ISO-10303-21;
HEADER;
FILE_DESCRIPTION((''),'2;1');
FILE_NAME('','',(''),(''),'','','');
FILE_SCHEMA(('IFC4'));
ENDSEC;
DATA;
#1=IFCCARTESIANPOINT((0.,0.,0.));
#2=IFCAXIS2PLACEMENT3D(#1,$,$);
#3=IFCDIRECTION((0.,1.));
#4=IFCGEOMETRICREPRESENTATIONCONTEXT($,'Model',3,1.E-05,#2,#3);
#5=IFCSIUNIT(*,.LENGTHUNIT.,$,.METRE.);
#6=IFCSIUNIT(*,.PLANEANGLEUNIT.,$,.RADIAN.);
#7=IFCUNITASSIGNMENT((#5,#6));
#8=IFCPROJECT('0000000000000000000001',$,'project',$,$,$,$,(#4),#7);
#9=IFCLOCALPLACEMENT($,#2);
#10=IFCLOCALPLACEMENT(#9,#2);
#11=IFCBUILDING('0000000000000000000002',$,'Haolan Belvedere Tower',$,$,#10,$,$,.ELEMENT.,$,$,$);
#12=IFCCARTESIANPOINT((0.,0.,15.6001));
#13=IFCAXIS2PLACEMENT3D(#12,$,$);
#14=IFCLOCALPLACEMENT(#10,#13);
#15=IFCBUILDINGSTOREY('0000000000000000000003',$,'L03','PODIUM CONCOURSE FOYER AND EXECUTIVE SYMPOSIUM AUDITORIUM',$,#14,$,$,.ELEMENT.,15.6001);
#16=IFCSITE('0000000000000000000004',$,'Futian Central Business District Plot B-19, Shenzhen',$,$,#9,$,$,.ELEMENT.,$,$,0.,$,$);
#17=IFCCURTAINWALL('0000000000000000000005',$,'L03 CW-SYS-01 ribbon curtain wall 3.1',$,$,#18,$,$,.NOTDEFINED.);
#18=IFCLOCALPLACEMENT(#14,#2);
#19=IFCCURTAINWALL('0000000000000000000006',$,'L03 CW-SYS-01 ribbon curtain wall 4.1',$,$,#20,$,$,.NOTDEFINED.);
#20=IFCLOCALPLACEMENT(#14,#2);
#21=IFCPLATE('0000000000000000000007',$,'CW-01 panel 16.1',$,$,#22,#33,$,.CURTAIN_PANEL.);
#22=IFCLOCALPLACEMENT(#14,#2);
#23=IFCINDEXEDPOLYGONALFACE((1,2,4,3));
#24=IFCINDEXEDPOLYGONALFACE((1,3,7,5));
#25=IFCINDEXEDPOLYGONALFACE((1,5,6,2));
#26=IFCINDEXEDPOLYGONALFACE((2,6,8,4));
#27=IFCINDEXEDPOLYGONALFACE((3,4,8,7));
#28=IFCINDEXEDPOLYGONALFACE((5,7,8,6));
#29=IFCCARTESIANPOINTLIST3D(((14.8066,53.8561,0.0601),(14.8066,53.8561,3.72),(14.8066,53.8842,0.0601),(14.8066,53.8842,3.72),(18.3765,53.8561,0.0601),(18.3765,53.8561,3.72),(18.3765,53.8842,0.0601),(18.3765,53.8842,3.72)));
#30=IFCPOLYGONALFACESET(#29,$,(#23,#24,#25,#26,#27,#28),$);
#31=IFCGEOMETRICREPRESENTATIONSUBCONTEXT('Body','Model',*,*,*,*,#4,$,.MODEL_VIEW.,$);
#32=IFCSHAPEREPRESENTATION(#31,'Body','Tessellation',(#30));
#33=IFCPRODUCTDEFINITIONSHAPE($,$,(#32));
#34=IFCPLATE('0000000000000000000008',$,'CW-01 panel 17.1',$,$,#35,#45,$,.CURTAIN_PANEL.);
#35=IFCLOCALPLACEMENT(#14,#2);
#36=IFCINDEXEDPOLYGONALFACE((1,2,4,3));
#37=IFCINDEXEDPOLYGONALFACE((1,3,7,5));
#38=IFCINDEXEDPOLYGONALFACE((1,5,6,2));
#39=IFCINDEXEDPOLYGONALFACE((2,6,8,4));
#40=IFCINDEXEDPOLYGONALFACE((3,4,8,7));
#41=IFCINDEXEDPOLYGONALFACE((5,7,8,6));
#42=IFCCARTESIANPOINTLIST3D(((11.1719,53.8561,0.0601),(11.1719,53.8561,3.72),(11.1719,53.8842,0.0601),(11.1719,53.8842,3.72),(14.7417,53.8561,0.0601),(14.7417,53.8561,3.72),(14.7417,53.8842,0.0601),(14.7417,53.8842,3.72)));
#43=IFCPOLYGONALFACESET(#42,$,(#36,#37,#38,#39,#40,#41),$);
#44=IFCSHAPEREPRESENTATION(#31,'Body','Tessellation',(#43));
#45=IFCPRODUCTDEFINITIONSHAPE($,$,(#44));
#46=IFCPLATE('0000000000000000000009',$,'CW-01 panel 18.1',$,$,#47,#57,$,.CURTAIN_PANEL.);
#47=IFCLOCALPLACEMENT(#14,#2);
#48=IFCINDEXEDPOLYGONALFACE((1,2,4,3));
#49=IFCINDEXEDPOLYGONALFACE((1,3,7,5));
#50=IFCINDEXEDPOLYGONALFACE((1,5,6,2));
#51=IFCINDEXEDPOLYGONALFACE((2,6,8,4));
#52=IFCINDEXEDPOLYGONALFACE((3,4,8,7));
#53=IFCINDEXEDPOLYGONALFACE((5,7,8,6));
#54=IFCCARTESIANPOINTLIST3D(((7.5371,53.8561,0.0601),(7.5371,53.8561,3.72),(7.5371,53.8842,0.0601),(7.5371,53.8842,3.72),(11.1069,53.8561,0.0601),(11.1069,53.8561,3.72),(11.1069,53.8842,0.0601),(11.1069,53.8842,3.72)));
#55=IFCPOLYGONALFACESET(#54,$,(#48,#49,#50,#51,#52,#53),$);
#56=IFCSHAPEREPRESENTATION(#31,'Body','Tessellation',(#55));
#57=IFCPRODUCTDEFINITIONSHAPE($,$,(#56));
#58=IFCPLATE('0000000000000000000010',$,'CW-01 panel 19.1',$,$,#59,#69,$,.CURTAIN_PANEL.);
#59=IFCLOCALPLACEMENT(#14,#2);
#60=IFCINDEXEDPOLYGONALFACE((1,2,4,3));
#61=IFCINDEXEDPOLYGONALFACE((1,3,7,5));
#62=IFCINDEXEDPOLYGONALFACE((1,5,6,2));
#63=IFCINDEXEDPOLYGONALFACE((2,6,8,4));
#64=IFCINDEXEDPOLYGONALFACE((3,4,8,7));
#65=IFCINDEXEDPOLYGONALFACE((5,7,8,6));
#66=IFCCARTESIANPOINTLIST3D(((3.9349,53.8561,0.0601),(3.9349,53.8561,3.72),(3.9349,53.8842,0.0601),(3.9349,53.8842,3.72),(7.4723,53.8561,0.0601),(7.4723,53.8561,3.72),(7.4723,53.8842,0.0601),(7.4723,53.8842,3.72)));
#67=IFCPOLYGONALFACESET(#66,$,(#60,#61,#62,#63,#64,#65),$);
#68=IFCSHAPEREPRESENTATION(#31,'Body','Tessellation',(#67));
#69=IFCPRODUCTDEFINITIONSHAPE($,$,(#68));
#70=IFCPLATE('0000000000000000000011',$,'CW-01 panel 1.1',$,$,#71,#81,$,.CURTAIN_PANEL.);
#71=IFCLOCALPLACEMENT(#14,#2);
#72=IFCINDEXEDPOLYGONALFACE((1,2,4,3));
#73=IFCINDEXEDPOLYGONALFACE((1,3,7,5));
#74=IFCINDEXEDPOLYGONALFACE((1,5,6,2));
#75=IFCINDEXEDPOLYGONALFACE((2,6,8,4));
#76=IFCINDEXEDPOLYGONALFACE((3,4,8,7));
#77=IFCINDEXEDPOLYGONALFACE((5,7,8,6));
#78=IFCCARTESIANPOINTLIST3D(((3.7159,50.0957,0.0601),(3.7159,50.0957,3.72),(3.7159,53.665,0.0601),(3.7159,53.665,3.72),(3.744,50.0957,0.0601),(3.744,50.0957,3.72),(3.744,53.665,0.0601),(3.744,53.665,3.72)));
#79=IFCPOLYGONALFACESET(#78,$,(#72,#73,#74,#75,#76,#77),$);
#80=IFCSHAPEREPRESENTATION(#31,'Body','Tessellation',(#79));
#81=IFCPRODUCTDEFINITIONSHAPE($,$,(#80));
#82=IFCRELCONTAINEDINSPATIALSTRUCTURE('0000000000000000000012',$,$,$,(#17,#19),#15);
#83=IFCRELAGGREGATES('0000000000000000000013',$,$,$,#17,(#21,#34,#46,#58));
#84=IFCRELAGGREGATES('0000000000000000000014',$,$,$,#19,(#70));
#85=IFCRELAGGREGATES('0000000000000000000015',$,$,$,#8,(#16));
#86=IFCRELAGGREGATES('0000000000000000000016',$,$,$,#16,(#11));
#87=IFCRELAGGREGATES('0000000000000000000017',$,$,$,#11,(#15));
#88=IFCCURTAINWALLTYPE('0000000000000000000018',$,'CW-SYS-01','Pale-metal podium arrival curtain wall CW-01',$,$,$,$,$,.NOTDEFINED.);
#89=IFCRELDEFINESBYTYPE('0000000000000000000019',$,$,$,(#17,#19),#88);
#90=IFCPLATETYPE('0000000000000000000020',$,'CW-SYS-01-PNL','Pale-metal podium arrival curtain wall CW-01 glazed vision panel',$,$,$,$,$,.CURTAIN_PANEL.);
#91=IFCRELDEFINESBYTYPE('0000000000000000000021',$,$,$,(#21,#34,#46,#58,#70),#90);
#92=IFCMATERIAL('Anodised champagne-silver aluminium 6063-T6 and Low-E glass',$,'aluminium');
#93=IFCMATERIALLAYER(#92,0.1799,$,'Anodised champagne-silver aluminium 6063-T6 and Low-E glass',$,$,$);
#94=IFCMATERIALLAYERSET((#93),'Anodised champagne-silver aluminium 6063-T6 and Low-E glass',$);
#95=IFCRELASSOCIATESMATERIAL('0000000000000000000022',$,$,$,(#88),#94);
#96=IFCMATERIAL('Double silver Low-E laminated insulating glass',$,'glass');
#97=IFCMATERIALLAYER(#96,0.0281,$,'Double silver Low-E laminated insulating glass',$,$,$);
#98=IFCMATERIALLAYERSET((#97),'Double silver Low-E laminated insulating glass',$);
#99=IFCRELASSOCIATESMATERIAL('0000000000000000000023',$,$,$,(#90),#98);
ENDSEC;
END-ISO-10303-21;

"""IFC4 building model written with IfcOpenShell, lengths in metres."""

from ifc_helpers import new_model, si_unit, direction, frame, origin, origin_2d, place, context, subcontext, project, spatial, rectangle, extrude, material, layer, layer_set, type_object, element, aggregate, save


model = new_model("IFC4")

# Units and contexts
model_context = context("Model", 3, precision=1e-05, world=origin(), true_north=direction((0.0, 1.0)))
body_context = subcontext(model_context, "Body", "Model", "MODEL_VIEW")
ifc_project = project(units=[si_unit("LENGTHUNIT", "METRE"), si_unit("PLANEANGLEUNIT", "RADIAN")], contexts=[model_context])

# Site, building, storey
site_placement = place(None, origin())
site = spatial("IfcSite", under=ifc_project, at=site_placement, Name="Futian Central Business District Plot B-19, Shenzhen", CompositionType="ELEMENT", RefElevation=0.0)
building_placement = place(site_placement, origin())
building = spatial("IfcBuilding", under=site, at=building_placement, Name="Haolan Belvedere Tower", CompositionType="ELEMENT")
storey_placement = place(building_placement, frame((0.0, 0.0, 15.6001)))
storey = spatial("IfcBuildingStorey", under=building, at=storey_placement, Name="L03", Description="PODIUM CONCOURSE FOYER AND EXECUTIVE SYMPOSIUM AUDITORIUM", CompositionType="ELEMENT", Elevation=15.6001)

# Curtain wall
ifc_material_1 = material(Name="Anodised champagne-silver aluminium 6063-T6 and Low-E glass", Category="aluminium")
ifc_layer_1 = layer(ifc_material_1, 0.1799, Name="Anodised champagne-silver aluminium 6063-T6 and Low-E glass")
ifc_layer_set_1 = layer_set([ifc_layer_1], Name="Anodised champagne-silver aluminium 6063-T6 and Low-E glass")
curtain_wall_type = type_object("IfcCurtainWallType", Name="CW-SYS-01", Description="Pale-metal podium arrival curtain wall CW-01", PredefinedType="NOTDEFINED", material=ifc_layer_set_1)
curtain_wall_1_placement = place(storey_placement, origin())
curtain_wall_1 = element("IfcCurtainWall", 1, at=curtain_wall_1_placement, inside=storey, type_object=curtain_wall_type, Name="L03 CW-SYS-01 ribbon curtain wall 3.1", PredefinedType="NOTDEFINED")

# Curtain wall
curtain_wall_2_placement = place(storey_placement, origin())
curtain_wall_2 = element("IfcCurtainWall", 2, at=curtain_wall_2_placement, inside=storey, type_object=curtain_wall_type, Name="L03 CW-SYS-01 ribbon curtain wall 4.1", PredefinedType="NOTDEFINED")

# Plates
ifc_material_2 = material(Name="Double silver Low-E laminated insulating glass", Category="glass")
ifc_layer_2 = layer(ifc_material_2, 0.0281, Name="Double silver Low-E laminated insulating glass")
ifc_layer_set_2 = layer_set([ifc_layer_2], Name="Double silver Low-E laminated insulating glass")
plate_type = type_object("IfcPlateType", Name="CW-SYS-01-PNL", Description="Pale-metal podium arrival curtain wall CW-01 glazed vision panel", PredefinedType="CURTAIN_PANEL", material=ifc_layer_set_2)
plate_1_placement = place(storey_placement, frame((16.5916, 53.8701, 0.0601), z_axis=(0.0, 0.0, 1.0), x_axis=(-1.0, 0.0, 0.0)))
plate_1 = element("IfcPlate", 3, at=plate_1_placement, type_object=plate_type, Name="CW-01 panel 16.1", PredefinedType="CURTAIN_PANEL", context=body_context, shape_type="SweptSolid", body=[
    extrude(rectangle(XDim=3.5698, YDim=0.0281, at=origin_2d()), origin(), (0.0, 0.0, 1.0), 3.6599),
])
plate_2_placement = place(storey_placement, frame((12.9568, 53.8701, 0.0601), z_axis=(0.0, 0.0, 1.0), x_axis=(-1.0, 0.0, 0.0)))
plate_2 = element("IfcPlate", 4, at=plate_2_placement, type_object=plate_type, Name="CW-01 panel 17.1", PredefinedType="CURTAIN_PANEL", context=body_context, shape_type="SweptSolid", body=[
    extrude(rectangle(XDim=3.5698, YDim=0.0281, at=origin_2d()), origin(), (0.0, 0.0, 1.0), 3.6599),
])
plate_3_placement = place(storey_placement, frame((9.322, 53.8701, 0.0601), z_axis=(0.0, 0.0, 1.0), x_axis=(-1.0, 0.0, 0.0)))
plate_3 = element("IfcPlate", 5, at=plate_3_placement, type_object=plate_type, Name="CW-01 panel 18.1", PredefinedType="CURTAIN_PANEL", context=body_context, shape_type="SweptSolid", body=[
    extrude(rectangle(XDim=3.5698, YDim=0.0281, at=origin_2d()), origin(), (0.0, 0.0, 1.0), 3.6599),
])
plate_4_placement = place(storey_placement, frame((5.7036, 53.8701, 0.0601), z_axis=(0.0, 0.0, 1.0), x_axis=(-1.0, 0.0, 0.0)))
plate_4 = element("IfcPlate", 6, at=plate_4_placement, type_object=plate_type, Name="CW-01 panel 19.1", PredefinedType="CURTAIN_PANEL", context=body_context, shape_type="SweptSolid", body=[
    extrude(rectangle(XDim=3.5374, YDim=0.0281, at=origin_2d()), origin(), (0.0, 0.0, 1.0), 3.6599),
])
aggregate(curtain_wall_1, [plate_1, plate_2, plate_3, plate_4])
plate_5_placement = place(storey_placement, frame((3.73, 51.8804, 0.0601), z_axis=(0.0, 0.0, 1.0), x_axis=(0.0, -1.0, 0.0)))
plate_5 = element("IfcPlate", 7, at=plate_5_placement, type_object=plate_type, Name="CW-01 panel 1.1", PredefinedType="CURTAIN_PANEL", context=body_context, shape_type="SweptSolid", body=[
    extrude(rectangle(XDim=3.5693, YDim=0.0281, at=origin_2d()), origin(), (0.0, 0.0, 1.0), 3.6599),
])
aggregate(curtain_wall_2, [plate_5])

save(model, "model.ifc")
